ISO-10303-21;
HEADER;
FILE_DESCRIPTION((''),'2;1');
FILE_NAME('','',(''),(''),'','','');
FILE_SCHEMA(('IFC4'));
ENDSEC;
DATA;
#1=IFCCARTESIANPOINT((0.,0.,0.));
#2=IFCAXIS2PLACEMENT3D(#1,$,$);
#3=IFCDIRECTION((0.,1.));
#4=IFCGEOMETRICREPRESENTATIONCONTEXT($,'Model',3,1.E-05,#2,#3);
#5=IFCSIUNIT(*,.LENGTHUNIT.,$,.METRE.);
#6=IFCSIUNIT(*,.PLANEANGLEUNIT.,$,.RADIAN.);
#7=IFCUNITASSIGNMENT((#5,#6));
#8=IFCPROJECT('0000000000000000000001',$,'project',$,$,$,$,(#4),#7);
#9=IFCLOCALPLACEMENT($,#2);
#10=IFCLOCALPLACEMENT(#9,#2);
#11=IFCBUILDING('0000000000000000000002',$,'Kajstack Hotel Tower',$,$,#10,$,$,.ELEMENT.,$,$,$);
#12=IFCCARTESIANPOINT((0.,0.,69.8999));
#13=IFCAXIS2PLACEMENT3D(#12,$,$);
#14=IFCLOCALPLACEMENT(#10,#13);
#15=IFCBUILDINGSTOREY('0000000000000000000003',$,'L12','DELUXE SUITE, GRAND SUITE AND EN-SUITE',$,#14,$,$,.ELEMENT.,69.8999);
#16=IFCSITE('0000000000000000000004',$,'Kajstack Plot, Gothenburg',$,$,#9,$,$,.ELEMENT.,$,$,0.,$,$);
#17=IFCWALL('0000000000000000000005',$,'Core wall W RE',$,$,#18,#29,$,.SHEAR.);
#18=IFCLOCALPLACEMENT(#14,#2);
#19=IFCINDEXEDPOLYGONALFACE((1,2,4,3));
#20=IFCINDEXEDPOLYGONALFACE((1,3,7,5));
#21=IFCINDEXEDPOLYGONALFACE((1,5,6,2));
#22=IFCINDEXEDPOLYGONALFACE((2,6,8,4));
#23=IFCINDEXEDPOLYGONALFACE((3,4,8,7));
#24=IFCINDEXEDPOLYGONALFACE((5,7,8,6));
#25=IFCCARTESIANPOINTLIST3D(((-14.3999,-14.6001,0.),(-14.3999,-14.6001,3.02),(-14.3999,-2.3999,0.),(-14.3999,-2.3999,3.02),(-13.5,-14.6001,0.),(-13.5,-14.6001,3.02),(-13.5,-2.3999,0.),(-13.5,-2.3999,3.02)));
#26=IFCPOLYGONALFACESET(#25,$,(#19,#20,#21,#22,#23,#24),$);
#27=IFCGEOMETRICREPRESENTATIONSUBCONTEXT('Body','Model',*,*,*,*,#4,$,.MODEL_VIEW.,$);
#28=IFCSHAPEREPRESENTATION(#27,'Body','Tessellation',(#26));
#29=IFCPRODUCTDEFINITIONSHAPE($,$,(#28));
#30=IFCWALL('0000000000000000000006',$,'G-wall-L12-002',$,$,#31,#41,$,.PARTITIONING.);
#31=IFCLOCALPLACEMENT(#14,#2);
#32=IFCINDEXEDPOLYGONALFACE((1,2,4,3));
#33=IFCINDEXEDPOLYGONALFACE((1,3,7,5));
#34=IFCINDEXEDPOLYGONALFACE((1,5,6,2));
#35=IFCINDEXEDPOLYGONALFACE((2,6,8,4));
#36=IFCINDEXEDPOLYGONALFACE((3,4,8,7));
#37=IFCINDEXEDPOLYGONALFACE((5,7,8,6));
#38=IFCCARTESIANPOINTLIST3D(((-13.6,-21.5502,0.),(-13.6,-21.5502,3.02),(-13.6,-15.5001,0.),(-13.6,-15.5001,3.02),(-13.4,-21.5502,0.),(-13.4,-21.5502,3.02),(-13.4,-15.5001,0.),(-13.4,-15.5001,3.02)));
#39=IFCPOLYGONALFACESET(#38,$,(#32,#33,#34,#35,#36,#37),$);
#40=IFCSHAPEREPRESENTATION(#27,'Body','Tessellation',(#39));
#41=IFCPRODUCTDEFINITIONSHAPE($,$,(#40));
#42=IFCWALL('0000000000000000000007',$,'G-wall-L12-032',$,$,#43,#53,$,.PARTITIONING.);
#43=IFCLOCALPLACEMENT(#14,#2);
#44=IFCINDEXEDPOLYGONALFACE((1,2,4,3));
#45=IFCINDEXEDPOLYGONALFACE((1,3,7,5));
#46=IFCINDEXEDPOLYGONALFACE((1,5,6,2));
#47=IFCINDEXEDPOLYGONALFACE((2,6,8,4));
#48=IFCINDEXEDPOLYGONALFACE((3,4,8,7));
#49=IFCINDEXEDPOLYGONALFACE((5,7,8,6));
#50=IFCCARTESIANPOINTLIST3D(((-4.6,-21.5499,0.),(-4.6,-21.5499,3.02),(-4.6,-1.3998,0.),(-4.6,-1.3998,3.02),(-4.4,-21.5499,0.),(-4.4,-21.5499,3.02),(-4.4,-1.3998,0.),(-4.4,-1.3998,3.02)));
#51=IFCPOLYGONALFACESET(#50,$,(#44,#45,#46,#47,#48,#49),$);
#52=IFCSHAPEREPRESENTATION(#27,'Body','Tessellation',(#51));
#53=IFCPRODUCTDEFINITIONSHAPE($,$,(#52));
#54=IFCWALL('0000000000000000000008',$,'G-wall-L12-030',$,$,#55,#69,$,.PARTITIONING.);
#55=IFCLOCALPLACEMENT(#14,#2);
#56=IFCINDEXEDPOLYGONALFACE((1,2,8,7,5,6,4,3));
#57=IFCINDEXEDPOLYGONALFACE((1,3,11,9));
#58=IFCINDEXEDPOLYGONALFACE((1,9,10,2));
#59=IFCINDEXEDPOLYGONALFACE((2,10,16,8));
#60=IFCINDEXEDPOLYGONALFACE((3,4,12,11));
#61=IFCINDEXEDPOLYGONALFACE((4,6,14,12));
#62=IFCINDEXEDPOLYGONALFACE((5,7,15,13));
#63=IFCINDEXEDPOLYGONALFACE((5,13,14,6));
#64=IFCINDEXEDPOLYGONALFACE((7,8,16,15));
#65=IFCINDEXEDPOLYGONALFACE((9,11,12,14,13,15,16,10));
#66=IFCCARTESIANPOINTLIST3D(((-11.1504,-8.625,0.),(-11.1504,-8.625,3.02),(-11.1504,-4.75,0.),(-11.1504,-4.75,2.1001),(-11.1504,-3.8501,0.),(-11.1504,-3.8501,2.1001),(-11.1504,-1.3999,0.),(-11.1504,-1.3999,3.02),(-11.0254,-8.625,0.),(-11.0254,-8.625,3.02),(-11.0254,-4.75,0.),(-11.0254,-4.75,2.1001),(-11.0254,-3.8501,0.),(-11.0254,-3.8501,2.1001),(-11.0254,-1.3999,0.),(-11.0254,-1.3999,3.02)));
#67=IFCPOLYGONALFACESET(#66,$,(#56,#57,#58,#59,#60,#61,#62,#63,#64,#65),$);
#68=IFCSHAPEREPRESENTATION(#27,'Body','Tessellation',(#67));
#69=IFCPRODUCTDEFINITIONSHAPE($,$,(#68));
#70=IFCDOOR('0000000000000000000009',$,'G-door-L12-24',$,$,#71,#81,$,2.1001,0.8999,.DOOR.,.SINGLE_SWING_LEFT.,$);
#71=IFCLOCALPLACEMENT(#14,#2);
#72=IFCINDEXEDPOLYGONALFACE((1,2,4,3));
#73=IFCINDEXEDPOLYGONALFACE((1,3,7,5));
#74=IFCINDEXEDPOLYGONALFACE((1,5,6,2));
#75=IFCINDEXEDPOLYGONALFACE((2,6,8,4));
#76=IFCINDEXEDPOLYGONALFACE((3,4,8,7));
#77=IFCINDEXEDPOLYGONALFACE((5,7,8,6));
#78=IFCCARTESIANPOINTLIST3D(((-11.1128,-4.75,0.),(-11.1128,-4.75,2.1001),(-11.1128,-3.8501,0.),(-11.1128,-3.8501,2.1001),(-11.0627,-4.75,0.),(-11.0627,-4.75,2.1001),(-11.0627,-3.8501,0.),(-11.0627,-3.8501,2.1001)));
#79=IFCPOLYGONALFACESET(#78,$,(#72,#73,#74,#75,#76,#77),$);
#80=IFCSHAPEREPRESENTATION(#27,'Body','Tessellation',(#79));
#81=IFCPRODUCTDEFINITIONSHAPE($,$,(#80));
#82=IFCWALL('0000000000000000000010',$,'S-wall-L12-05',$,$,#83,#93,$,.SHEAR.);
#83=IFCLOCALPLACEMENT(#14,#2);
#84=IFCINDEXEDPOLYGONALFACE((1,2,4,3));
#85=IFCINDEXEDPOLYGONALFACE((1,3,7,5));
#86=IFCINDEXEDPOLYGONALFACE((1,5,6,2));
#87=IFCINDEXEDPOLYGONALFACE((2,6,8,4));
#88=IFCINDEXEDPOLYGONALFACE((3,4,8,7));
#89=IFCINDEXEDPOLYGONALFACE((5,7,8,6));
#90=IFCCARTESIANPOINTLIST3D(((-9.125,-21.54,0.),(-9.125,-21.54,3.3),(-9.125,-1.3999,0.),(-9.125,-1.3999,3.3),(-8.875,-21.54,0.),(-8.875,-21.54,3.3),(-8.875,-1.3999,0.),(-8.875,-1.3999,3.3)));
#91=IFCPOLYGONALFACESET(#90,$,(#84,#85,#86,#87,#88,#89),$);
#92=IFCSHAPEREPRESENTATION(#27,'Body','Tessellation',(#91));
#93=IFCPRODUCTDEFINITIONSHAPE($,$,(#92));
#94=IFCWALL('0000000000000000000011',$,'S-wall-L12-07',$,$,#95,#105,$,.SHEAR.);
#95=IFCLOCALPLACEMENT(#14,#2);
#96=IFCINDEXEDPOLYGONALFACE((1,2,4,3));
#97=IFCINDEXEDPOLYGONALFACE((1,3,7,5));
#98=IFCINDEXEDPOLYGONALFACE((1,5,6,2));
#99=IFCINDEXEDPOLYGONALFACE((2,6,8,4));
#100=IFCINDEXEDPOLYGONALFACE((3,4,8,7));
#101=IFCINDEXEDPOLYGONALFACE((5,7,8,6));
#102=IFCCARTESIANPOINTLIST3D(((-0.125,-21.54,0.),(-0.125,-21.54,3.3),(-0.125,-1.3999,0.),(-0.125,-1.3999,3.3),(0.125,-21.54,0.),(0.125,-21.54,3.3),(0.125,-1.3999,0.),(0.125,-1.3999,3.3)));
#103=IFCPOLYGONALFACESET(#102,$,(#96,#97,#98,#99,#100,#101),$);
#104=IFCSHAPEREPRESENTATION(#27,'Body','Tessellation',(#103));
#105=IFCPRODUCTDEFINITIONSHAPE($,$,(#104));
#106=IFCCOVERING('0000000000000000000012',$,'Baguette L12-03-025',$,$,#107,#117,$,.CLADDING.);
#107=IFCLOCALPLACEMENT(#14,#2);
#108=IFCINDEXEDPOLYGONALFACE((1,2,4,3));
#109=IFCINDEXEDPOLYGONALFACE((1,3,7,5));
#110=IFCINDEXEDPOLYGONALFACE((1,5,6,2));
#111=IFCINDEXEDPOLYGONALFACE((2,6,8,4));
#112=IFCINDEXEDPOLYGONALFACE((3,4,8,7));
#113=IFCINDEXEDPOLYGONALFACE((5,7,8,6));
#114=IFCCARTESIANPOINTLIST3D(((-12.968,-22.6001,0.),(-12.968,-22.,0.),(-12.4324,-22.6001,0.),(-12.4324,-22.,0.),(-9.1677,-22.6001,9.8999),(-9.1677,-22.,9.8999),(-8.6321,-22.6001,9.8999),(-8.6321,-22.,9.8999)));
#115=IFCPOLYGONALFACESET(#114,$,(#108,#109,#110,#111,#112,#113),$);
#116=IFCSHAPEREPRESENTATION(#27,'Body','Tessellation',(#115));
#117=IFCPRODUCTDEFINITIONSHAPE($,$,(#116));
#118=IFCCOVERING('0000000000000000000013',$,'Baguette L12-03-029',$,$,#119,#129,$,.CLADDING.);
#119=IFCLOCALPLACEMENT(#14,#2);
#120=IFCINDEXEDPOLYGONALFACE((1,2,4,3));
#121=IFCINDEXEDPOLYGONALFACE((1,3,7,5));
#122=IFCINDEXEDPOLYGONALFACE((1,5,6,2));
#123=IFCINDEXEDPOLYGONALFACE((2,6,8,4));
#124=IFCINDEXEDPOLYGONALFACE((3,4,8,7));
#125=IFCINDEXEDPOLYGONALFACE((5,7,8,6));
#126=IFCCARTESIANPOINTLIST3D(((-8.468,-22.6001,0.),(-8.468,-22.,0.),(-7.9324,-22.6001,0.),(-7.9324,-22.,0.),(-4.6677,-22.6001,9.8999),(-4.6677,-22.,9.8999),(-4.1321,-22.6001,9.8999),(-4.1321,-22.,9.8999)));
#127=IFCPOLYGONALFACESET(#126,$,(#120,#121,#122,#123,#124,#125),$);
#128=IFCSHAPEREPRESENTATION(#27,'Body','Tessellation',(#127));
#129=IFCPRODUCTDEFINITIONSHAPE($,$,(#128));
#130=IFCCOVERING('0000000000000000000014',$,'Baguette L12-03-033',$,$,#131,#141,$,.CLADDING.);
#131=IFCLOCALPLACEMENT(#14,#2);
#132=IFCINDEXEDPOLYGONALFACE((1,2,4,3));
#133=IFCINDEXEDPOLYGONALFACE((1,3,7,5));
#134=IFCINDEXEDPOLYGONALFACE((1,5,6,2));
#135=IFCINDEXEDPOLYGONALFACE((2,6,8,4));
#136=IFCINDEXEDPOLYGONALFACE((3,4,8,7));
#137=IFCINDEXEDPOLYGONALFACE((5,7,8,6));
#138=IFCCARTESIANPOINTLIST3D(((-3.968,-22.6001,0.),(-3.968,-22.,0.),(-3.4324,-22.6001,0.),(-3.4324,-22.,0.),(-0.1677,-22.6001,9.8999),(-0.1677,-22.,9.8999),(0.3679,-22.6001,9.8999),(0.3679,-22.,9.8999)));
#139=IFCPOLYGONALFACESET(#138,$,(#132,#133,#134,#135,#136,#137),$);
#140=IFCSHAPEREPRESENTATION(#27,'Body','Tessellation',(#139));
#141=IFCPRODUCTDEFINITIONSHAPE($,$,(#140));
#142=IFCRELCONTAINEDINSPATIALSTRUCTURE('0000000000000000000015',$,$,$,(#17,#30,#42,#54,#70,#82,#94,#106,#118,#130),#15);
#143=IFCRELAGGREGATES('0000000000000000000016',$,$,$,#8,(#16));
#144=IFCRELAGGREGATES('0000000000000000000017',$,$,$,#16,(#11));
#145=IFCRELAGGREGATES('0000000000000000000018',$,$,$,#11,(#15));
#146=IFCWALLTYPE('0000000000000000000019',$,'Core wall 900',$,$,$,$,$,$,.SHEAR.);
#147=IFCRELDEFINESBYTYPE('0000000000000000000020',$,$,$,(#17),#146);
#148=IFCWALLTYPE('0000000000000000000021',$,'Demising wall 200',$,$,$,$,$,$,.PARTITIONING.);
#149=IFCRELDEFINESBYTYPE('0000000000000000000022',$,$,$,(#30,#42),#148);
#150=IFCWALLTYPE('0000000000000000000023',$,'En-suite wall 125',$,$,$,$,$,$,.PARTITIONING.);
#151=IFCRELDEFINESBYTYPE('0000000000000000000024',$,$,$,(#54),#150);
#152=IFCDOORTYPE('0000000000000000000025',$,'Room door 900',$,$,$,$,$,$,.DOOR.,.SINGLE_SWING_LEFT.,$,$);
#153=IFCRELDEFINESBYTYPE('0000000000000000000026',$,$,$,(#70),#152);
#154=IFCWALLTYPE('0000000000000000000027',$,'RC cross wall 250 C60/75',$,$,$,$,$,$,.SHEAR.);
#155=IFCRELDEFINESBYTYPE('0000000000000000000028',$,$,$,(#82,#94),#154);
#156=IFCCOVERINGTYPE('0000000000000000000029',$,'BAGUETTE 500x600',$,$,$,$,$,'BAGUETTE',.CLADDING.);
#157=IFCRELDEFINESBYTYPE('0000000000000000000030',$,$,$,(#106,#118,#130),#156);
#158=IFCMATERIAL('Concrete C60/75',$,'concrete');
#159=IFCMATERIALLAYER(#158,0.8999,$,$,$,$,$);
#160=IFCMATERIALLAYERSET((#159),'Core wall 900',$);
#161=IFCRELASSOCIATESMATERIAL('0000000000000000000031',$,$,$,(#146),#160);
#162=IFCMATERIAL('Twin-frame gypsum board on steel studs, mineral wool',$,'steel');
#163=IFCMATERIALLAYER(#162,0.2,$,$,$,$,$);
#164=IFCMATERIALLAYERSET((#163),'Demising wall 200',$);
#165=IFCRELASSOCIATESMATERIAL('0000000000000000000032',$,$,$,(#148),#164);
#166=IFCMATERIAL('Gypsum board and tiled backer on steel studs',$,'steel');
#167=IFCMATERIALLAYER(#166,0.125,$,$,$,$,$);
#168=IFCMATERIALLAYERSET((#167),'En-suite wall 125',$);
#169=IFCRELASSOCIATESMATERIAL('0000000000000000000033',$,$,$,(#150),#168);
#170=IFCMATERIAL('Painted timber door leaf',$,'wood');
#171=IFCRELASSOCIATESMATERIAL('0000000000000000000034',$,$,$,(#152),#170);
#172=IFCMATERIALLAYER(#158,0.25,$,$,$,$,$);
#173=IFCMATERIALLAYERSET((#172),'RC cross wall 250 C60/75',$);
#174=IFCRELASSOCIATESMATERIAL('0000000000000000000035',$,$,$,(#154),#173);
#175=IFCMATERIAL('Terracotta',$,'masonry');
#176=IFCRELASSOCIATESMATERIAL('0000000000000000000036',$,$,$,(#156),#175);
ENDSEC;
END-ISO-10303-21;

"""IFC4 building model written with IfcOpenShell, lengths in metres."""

from ifc_helpers import new_model, si_unit, direction, frame, frame_2d, origin, origin_2d, place, context, subcontext, project, spatial, polyline, rectangle, outline, extrude, material, layer, layer_set, material_profile, profile_set, type_object, element, fill, save


model = new_model("IFC4")

# Units and contexts
model_context = context("Model", 3, precision=1e-05, world=origin(), true_north=direction((0.0, 1.0)))
body_context = subcontext(model_context, "Body", "Model", "MODEL_VIEW")
ifc_project = project(units=[si_unit("LENGTHUNIT", "METRE"), si_unit("PLANEANGLEUNIT", "RADIAN")], contexts=[model_context])

# Site, building, storey
site_placement = place(None, origin())
site = spatial("IfcSite", under=ifc_project, at=site_placement, Name="Kajstack Plot, Gothenburg", CompositionType="ELEMENT", RefElevation=0.0)
building_placement = place(site_placement, origin())
building = spatial("IfcBuilding", under=site, at=building_placement, Name="Kajstack Hotel Tower", CompositionType="ELEMENT")
storey_placement = place(building_placement, frame((0.0, 0.0, 69.8999)))
storey = spatial("IfcBuildingStorey", under=building, at=storey_placement, Name="L12", Description="DELUXE SUITE, GRAND SUITE AND EN-SUITE", CompositionType="ELEMENT", Elevation=69.8999)

# Walls
ifc_material_1 = material(Name="Concrete C60/75", Category="concrete")
ifc_layer_1 = layer(ifc_material_1, 0.8999)
ifc_layer_set_1 = layer_set([ifc_layer_1], Name="Core wall 900")
wall_type_1 = type_object("IfcWallType", Name="Core wall 900", PredefinedType="SHEAR", material=ifc_layer_set_1)
wall_1_placement = place(storey_placement, frame((-13.95, -14.6001, 0.0), z_axis=(0.0, 0.0, 1.0), x_axis=(0.0, 1.0, 0.0)))
element("IfcWall", 1, at=wall_1_placement, inside=storey, type_object=wall_type_1, Name="Core wall W RE", PredefinedType="SHEAR", context=body_context, shape_type="SweptSolid", body=[
    extrude(rectangle(XDim=12.2002, YDim=0.8999, at=frame_2d((6.1001, 0.0))), origin(), (0.0, 0.0, 1.0), 3.02),
])
ifc_material_2 = material(Name="Twin-frame gypsum board on steel studs, mineral wool", Category="steel")
ifc_layer_2 = layer(ifc_material_2, 0.2)
ifc_layer_set_2 = layer_set([ifc_layer_2], Name="Demising wall 200")
wall_type_2 = type_object("IfcWallType", Name="Demising wall 200", PredefinedType="PARTITIONING", material=ifc_layer_set_2)
wall_2_placement = place(storey_placement, frame((-13.5, -21.55, 0.0), z_axis=(0.0, 0.0, 1.0), x_axis=(0.0, 1.0, 0.0)))
element("IfcWall", 2, at=wall_2_placement, inside=storey, type_object=wall_type_2, Name="G-wall-L12-002", PredefinedType="PARTITIONING", context=body_context, shape_type="SweptSolid", body=[
    extrude(rectangle(XDim=6.05, YDim=0.2, at=frame_2d((3.0249, 0.0))), origin(), (0.0, 0.0, 1.0), 3.02),
])
wall_3_placement = place(storey_placement, frame((-4.5, -21.55, 0.0), z_axis=(0.0, 0.0, 1.0), x_axis=(0.0, 1.0, 0.0)))
element("IfcWall", 3, at=wall_3_placement, inside=storey, type_object=wall_type_2, Name="G-wall-L12-032", PredefinedType="PARTITIONING", context=body_context, shape_type="SweptSolid", body=[
    extrude(rectangle(XDim=20.1501, YDim=0.2, at=frame_2d((10.0752, 0.0))), origin(), (0.0, 0.0, 1.0), 3.02),
])

# Wall, opening, door
ifc_material_3 = material(Name="Gypsum board and tiled backer on steel studs", Category="steel")
ifc_layer_3 = layer(ifc_material_3, 0.125)
ifc_layer_set_3 = layer_set([ifc_layer_3], Name="En-suite wall 125")
wall_type_3 = type_object("IfcWallType", Name="En-suite wall 125", PredefinedType="PARTITIONING", material=ifc_layer_set_3)
wall_4_placement = place(storey_placement, frame((-11.0879, -8.625, 0.0), z_axis=(0.0, 0.0, 1.0), x_axis=(0.0, 1.0, 0.0)))
wall_4 = element("IfcWall", 4, at=wall_4_placement, inside=storey, type_object=wall_type_3, Name="G-wall-L12-030", PredefinedType="PARTITIONING", context=body_context, shape_type="SweptSolid", body=[
    extrude(rectangle(XDim=7.2251, YDim=0.125, at=frame_2d((3.6125, 0.0))), origin(), (0.0, 0.0, 1.0), 3.02),
])
opening_1_placement = place(wall_4_placement, frame((3.875, 0.0, 0.0)))
opening_1 = element("IfcOpeningElement", 5, at=opening_1_placement, cuts=wall_4, PredefinedType="OPENING", context=body_context, shape_type="SweptSolid", body=[
    extrude(rectangle(XDim=0.8999, YDim=2.1001, at=frame_2d((0.45, 1.05))), frame((0.0, 0.0725, 0.0), z_axis=(0.0, -1.0, 0.0), x_axis=(1.0, 0.0, 0.0)), (0.0, 0.0, 1.0), 0.145),
])
ifc_material_4 = material(Name="Painted timber door leaf", Category="wood")
door_type = type_object("IfcDoorType", Name="Room door 900", OperationType="SINGLE_SWING_LEFT", PredefinedType="DOOR", material=ifc_material_4)
door_placement = place(opening_1_placement, origin())
door = element("IfcDoor", 6, at=door_placement, inside=storey, type_object=door_type, Name="G-door-L12-24", OperationType="SINGLE_SWING_LEFT", OverallHeight=2.1001, OverallWidth=0.8999, PredefinedType="DOOR", context=body_context, shape_type="SweptSolid", body=[
    extrude(rectangle(XDim=0.8999, YDim=2.1001, at=frame_2d((0.45, 1.05))), frame((0.0, 0.0249, 0.0), z_axis=(0.0, -1.0, 0.0), x_axis=(1.0, 0.0, 0.0)), (0.0, 0.0, 1.0), 0.05),
])
fill(opening_1, door)

# Walls
ifc_layer_4 = layer(ifc_material_1, 0.25)
ifc_layer_set_4 = layer_set([ifc_layer_4], Name="RC cross wall 250 C60/75")
wall_type_4 = type_object("IfcWallType", Name="RC cross wall 250 C60/75", PredefinedType="SHEAR", material=ifc_layer_set_4)
for number, where, z_axis, x_axis, name in (
    (7, (-9.0, -21.54, 0.0), (0.0, 0.0, 1.0), (0.0, 1.0, 0.0), "S-wall-L12-05"),
    (8, (0.0, -21.54, 0.0), (0.0, 0.0, 1.0), (0.0, 1.0, 0.0), "S-wall-L12-07"),
):
    element("IfcWall", number, at=place(storey_placement, frame(where, z_axis=z_axis, x_axis=x_axis)), inside=storey, type_object=wall_type_4, Name=name, PredefinedType="SHEAR", context=body_context, shape_type="SweptSolid", body=[
        extrude(rectangle(XDim=20.1401, YDim=0.25, at=frame_2d((10.0701, 0.0))), origin(), (0.0, 0.0, 1.0), 3.3),
    ])

# Coverings
ifc_material_5 = material(Name="Terracotta", Category="masonry")
ifc_material_profile = material_profile(ifc_material_5, rectangle(XDim=0.6001, YDim=0.5, at=origin_2d()), Name="Terracotta-clad concrete baguette 500 x 600")
ifc_profile_set = profile_set([ifc_material_profile], Name="Terracotta")
covering_type = type_object("IfcCoveringType", Name="BAGUETTE 500x600", ElementType="BAGUETTE", PredefinedType="CLADDING", material=ifc_profile_set)
for number, where, z_axis, x_axis, name in (
    (9, (-12.968, -22.0, 0.0), (0.0, -1.0, 0.0), (1.0, 0.0, 0.0), "Baguette L12-03-025"),
    (10, (-8.468, -22.0, 0.0), (0.0, -1.0, 0.0), (1.0, 0.0, 0.0), "Baguette L12-03-029"),
    (11, (-3.968, -22.0, 0.0), (0.0, -1.0, 0.0), (1.0, 0.0, 0.0), "Baguette L12-03-033"),
):
    element("IfcCovering", number, at=place(storey_placement, frame(where, z_axis=z_axis, x_axis=x_axis)), inside=storey, type_object=covering_type, Name=name, PredefinedType="CLADDING", context=body_context, shape_type="SweptSolid", body=[
        extrude(outline(polyline([(3.8003, 9.8999), (0.0, 0.0), (0.5356, 0.0), (4.3359, 9.8999), (3.8003, 9.8999)])), origin(), (0.0, 0.0, 1.0), 0.6001),
    ])

save(model, "model.ifc")
